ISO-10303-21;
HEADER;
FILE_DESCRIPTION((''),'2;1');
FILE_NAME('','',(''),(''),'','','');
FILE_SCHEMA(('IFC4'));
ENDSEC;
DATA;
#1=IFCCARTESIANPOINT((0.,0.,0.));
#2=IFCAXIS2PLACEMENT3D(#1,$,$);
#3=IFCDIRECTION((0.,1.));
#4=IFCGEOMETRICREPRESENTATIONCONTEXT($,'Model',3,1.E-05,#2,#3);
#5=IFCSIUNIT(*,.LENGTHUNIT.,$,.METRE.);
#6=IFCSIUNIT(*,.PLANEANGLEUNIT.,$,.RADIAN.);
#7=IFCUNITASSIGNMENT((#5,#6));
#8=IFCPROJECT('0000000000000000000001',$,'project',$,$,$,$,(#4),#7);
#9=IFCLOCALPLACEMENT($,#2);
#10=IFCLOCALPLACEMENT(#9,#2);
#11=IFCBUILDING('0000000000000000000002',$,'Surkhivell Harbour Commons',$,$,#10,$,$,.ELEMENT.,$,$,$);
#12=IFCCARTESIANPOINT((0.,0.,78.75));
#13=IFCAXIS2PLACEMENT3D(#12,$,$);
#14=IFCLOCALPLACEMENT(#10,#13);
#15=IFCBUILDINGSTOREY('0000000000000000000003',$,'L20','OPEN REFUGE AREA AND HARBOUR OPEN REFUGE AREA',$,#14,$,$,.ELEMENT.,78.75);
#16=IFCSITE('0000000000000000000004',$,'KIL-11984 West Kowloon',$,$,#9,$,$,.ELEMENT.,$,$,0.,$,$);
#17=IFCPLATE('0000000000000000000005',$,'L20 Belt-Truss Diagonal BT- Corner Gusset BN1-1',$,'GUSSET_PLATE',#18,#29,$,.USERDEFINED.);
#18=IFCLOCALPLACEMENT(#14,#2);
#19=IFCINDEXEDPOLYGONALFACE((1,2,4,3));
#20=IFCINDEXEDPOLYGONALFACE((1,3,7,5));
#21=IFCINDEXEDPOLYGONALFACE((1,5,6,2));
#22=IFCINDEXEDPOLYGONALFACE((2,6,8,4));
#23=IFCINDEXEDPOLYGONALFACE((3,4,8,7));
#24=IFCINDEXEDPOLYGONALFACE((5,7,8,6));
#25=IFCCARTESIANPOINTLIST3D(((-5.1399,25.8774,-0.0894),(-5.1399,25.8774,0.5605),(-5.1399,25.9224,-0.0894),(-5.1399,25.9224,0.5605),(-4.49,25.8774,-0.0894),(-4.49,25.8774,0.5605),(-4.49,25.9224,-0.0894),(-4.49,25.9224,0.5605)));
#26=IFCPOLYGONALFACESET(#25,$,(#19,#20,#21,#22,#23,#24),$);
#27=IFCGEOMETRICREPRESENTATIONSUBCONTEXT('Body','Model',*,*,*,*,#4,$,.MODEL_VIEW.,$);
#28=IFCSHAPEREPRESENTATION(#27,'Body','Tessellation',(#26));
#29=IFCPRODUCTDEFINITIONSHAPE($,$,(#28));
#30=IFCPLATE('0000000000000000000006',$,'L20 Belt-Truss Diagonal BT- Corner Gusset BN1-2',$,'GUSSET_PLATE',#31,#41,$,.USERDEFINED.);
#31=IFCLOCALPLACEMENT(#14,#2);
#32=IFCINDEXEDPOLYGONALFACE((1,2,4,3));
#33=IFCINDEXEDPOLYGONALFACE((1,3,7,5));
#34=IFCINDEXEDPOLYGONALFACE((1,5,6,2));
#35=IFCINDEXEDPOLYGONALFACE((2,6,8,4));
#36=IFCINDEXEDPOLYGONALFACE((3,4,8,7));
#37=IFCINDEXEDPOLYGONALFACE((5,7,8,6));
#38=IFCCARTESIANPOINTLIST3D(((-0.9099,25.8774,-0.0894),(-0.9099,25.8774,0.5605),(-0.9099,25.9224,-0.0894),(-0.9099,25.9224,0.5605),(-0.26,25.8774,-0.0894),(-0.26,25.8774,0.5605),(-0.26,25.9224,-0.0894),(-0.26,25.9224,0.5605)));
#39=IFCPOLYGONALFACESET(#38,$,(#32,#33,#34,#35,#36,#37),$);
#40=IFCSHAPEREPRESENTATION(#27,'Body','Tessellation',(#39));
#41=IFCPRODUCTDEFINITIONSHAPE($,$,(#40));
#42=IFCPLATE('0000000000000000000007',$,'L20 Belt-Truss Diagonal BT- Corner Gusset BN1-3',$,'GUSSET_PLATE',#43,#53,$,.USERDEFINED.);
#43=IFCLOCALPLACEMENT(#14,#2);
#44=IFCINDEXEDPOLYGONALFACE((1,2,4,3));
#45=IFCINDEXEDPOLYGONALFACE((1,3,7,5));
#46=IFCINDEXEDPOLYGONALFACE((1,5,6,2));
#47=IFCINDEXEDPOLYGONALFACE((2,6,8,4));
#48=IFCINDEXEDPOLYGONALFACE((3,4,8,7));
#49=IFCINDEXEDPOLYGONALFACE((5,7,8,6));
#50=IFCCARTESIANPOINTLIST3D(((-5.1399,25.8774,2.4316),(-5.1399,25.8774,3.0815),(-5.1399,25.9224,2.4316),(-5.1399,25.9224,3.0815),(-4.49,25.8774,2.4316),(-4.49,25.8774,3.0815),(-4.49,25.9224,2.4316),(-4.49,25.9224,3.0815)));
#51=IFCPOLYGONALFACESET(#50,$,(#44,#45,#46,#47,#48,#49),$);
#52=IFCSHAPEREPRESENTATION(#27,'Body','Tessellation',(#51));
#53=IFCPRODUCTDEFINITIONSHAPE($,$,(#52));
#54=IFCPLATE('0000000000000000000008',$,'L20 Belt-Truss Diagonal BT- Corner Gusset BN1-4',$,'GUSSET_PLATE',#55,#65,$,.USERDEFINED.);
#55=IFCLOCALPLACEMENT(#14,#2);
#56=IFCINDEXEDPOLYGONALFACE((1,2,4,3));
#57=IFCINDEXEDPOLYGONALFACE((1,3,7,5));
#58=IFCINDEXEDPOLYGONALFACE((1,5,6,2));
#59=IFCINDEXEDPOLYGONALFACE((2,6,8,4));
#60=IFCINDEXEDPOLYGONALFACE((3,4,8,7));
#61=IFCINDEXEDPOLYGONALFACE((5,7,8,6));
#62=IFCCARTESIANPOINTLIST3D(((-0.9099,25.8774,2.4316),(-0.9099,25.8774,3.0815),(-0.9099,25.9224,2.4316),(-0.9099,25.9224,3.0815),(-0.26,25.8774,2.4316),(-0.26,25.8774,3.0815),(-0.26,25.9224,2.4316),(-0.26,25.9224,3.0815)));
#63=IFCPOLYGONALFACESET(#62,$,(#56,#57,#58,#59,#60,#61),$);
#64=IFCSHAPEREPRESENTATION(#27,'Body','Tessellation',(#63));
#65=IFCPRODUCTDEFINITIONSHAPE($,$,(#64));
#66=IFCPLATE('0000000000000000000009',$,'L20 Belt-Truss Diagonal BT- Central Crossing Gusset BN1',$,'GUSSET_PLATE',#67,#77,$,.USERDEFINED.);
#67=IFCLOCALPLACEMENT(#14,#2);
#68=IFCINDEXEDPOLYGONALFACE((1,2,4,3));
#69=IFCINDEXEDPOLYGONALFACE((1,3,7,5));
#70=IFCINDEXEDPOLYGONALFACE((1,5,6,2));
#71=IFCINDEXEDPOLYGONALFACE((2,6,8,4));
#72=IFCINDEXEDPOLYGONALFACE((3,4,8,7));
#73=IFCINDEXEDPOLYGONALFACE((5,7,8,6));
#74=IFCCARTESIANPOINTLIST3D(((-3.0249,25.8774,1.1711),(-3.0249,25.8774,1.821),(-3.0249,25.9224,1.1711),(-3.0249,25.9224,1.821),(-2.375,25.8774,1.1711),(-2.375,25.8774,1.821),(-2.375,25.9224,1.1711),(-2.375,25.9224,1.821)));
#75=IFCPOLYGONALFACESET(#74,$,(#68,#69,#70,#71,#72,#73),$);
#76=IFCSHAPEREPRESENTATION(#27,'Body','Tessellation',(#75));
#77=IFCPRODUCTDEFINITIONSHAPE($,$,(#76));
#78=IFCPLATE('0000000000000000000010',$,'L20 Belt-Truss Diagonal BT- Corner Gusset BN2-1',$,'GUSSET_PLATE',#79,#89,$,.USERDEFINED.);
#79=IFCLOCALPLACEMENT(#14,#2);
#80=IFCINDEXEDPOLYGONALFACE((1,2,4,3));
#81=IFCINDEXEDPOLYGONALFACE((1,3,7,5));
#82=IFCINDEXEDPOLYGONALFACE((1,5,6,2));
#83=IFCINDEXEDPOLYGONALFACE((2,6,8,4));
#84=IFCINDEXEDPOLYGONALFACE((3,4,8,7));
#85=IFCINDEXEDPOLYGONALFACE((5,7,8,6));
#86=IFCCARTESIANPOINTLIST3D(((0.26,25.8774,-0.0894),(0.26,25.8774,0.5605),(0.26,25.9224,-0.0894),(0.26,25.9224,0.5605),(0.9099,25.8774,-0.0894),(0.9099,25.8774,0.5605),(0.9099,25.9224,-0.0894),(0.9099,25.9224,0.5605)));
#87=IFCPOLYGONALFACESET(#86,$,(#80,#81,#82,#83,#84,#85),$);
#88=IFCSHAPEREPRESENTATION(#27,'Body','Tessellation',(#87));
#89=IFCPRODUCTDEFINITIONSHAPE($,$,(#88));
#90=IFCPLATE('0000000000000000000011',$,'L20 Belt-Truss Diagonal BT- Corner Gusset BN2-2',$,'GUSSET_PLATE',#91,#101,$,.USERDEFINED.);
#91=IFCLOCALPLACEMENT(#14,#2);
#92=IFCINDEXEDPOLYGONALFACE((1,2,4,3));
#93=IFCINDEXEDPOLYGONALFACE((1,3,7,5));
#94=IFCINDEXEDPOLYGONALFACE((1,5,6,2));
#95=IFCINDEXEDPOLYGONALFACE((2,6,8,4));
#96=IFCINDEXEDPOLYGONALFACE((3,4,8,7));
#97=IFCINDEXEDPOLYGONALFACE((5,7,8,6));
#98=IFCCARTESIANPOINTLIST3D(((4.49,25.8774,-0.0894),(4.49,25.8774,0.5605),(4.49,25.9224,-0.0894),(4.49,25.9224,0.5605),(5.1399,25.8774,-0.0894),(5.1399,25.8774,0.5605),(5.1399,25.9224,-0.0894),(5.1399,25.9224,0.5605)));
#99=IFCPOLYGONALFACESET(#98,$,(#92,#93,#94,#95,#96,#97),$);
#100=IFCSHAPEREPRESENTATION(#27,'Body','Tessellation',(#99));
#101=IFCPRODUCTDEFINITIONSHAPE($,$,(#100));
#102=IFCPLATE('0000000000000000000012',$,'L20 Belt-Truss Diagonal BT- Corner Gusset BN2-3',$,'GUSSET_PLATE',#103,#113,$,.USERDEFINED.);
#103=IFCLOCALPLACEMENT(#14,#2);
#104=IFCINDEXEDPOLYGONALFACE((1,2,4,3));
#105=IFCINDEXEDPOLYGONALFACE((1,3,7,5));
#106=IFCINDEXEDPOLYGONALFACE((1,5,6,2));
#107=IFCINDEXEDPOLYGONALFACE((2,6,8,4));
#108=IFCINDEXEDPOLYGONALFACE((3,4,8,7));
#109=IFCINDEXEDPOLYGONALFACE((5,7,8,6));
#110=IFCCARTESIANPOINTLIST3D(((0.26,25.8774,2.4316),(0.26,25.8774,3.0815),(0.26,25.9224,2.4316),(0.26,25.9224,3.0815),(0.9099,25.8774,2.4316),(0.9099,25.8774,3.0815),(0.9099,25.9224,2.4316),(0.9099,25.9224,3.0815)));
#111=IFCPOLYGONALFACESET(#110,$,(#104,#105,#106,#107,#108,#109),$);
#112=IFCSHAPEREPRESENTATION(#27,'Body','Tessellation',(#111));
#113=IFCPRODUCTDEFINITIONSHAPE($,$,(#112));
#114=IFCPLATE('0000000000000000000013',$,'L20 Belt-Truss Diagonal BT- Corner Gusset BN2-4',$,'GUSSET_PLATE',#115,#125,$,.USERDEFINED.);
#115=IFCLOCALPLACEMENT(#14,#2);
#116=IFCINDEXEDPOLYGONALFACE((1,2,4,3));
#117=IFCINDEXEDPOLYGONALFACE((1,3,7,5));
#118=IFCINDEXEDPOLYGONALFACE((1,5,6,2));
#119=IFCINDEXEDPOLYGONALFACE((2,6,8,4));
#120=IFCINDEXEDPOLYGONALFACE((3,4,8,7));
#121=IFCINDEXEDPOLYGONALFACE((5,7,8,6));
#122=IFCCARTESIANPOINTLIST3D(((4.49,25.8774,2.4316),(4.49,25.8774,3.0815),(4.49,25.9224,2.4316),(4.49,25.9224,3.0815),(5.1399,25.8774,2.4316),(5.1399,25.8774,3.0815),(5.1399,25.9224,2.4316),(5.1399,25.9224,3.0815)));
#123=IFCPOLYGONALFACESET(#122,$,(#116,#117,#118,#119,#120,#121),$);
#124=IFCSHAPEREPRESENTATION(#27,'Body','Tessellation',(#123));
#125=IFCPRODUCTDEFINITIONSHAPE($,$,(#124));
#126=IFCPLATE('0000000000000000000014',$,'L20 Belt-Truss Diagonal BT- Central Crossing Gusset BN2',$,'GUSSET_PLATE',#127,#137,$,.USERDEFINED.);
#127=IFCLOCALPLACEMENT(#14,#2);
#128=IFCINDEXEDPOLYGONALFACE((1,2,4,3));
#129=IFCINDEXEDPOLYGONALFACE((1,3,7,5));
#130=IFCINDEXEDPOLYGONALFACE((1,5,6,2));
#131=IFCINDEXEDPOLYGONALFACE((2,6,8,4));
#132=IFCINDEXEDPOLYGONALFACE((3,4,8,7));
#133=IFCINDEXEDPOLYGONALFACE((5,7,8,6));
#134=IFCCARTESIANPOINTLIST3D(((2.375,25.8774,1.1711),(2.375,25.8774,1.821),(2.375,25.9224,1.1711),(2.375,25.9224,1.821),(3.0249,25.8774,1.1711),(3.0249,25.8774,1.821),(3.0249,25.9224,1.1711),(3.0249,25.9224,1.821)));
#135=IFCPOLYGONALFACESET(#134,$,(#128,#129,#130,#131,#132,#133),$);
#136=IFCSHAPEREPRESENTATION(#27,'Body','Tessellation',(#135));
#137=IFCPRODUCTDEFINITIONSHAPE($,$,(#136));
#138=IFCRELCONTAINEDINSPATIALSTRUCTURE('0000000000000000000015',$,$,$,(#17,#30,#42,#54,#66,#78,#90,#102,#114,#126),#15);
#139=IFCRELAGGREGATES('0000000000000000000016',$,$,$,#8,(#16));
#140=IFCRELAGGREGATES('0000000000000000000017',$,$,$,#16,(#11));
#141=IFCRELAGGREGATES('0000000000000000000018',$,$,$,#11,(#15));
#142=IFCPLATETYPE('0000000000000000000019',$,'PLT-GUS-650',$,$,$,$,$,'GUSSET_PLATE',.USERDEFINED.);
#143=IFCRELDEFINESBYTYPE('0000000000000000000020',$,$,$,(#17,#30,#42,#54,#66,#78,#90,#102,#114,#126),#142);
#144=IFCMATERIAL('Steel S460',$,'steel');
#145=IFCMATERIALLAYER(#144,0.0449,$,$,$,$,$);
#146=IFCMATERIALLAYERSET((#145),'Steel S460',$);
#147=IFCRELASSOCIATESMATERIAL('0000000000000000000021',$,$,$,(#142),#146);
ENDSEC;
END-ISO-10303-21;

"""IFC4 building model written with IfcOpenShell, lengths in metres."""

from ifc_helpers import new_model, si_unit, direction, frame, origin, origin_2d, place, context, subcontext, project, spatial, rectangle, extrude, material, layer, layer_set, type_object, element, save


model = new_model("IFC4")

# Units and contexts
model_context = context("Model", 3, precision=1e-05, world=origin(), true_north=direction((0.0, 1.0)))
body_context = subcontext(model_context, "Body", "Model", "MODEL_VIEW")
ifc_project = project(units=[si_unit("LENGTHUNIT", "METRE"), si_unit("PLANEANGLEUNIT", "RADIAN")], contexts=[model_context])

# Site, building, storey
site_placement = place(None, origin())
site = spatial("IfcSite", under=ifc_project, at=site_placement, Name="KIL-11984 West Kowloon", CompositionType="ELEMENT", RefElevation=0.0)
building_placement = place(site_placement, origin())
building = spatial("IfcBuilding", under=site, at=building_placement, Name="Surkhivell Harbour Commons", CompositionType="ELEMENT")
storey_placement = place(building_placement, frame((0.0, 0.0, 78.75)))
storey = spatial("IfcBuildingStorey", under=building, at=storey_placement, Name="L20", Description="OPEN REFUGE AREA AND HARBOUR OPEN REFUGE AREA", CompositionType="ELEMENT", Elevation=78.75)

# Shared definitions
ifc_material_1 = material(Name="Steel S460", Category="steel")

# Plates
ifc_layer = layer(ifc_material_1, 0.0449)
ifc_layer_set = layer_set([ifc_layer], Name="Steel S460")
plate_type = type_object("IfcPlateType", Name="PLT-GUS-650", ElementType="GUSSET_PLATE", PredefinedType="USERDEFINED", material=ifc_layer_set)
for number, where, z_axis, x_axis, name in (
    (1, (-4.8149, 25.8999, -0.0894), (0.0, 0.0, 1.0), (1.0, 0.0, 0.0), "L20 Belt-Truss Diagonal BT- Corner Gusset BN1-1"),
    (2, (-0.585, 25.8999, -0.0894), (0.0, 0.0, 1.0), (1.0, 0.0, 0.0), "L20 Belt-Truss Diagonal BT- Corner Gusset BN1-2"),
    (3, (-4.8149, 25.8999, 2.4316), (0.0, 0.0, 1.0), (1.0, 0.0, 0.0), "L20 Belt-Truss Diagonal BT- Corner Gusset BN1-3"),
    (4, (-0.585, 25.8999, 2.4316), (0.0, 0.0, 1.0), (1.0, 0.0, 0.0), "L20 Belt-Truss Diagonal BT- Corner Gusset BN1-4"),
    (5, (-2.7, 25.8999, 1.1711), (0.0, 0.0, 1.0), (1.0, 0.0, 0.0), "L20 Belt-Truss Diagonal BT- Central Crossing Gusset BN1"),
    (6, (0.585, 25.8999, -0.0894), (0.0, 0.0, 1.0), (1.0, 0.0, 0.0), "L20 Belt-Truss Diagonal BT- Corner Gusset BN2-1"),
    (7, (4.8149, 25.8999, -0.0894), (0.0, 0.0, 1.0), (1.0, 0.0, 0.0), "L20 Belt-Truss Diagonal BT- Corner Gusset BN2-2"),
    (8, (0.585, 25.8999, 2.4316), (0.0, 0.0, 1.0), (1.0, 0.0, 0.0), "L20 Belt-Truss Diagonal BT- Corner Gusset BN2-3"),
    (9, (4.8149, 25.8999, 2.4316), (0.0, 0.0, 1.0), (1.0, 0.0, 0.0), "L20 Belt-Truss Diagonal BT- Corner Gusset BN2-4"),
    (10, (2.7, 25.8999, 1.1711), (0.0, 0.0, 1.0), (1.0, 0.0, 0.0), "L20 Belt-Truss Diagonal BT- Central Crossing Gusset BN2"),
):
    element("IfcPlate", number, at=place(storey_placement, frame(where, z_axis=z_axis, x_axis=x_axis)), inside=storey, type_object=plate_type, Name=name, ObjectType="GUSSET_PLATE", PredefinedType="USERDEFINED", context=body_context, shape_type="SweptSolid", body=[
        extrude(rectangle(XDim=0.6499, YDim=0.0449, at=origin_2d()), origin(), (0.0, 0.0, 1.0), 0.6499),
    ])

save(model, "model.ifc")
